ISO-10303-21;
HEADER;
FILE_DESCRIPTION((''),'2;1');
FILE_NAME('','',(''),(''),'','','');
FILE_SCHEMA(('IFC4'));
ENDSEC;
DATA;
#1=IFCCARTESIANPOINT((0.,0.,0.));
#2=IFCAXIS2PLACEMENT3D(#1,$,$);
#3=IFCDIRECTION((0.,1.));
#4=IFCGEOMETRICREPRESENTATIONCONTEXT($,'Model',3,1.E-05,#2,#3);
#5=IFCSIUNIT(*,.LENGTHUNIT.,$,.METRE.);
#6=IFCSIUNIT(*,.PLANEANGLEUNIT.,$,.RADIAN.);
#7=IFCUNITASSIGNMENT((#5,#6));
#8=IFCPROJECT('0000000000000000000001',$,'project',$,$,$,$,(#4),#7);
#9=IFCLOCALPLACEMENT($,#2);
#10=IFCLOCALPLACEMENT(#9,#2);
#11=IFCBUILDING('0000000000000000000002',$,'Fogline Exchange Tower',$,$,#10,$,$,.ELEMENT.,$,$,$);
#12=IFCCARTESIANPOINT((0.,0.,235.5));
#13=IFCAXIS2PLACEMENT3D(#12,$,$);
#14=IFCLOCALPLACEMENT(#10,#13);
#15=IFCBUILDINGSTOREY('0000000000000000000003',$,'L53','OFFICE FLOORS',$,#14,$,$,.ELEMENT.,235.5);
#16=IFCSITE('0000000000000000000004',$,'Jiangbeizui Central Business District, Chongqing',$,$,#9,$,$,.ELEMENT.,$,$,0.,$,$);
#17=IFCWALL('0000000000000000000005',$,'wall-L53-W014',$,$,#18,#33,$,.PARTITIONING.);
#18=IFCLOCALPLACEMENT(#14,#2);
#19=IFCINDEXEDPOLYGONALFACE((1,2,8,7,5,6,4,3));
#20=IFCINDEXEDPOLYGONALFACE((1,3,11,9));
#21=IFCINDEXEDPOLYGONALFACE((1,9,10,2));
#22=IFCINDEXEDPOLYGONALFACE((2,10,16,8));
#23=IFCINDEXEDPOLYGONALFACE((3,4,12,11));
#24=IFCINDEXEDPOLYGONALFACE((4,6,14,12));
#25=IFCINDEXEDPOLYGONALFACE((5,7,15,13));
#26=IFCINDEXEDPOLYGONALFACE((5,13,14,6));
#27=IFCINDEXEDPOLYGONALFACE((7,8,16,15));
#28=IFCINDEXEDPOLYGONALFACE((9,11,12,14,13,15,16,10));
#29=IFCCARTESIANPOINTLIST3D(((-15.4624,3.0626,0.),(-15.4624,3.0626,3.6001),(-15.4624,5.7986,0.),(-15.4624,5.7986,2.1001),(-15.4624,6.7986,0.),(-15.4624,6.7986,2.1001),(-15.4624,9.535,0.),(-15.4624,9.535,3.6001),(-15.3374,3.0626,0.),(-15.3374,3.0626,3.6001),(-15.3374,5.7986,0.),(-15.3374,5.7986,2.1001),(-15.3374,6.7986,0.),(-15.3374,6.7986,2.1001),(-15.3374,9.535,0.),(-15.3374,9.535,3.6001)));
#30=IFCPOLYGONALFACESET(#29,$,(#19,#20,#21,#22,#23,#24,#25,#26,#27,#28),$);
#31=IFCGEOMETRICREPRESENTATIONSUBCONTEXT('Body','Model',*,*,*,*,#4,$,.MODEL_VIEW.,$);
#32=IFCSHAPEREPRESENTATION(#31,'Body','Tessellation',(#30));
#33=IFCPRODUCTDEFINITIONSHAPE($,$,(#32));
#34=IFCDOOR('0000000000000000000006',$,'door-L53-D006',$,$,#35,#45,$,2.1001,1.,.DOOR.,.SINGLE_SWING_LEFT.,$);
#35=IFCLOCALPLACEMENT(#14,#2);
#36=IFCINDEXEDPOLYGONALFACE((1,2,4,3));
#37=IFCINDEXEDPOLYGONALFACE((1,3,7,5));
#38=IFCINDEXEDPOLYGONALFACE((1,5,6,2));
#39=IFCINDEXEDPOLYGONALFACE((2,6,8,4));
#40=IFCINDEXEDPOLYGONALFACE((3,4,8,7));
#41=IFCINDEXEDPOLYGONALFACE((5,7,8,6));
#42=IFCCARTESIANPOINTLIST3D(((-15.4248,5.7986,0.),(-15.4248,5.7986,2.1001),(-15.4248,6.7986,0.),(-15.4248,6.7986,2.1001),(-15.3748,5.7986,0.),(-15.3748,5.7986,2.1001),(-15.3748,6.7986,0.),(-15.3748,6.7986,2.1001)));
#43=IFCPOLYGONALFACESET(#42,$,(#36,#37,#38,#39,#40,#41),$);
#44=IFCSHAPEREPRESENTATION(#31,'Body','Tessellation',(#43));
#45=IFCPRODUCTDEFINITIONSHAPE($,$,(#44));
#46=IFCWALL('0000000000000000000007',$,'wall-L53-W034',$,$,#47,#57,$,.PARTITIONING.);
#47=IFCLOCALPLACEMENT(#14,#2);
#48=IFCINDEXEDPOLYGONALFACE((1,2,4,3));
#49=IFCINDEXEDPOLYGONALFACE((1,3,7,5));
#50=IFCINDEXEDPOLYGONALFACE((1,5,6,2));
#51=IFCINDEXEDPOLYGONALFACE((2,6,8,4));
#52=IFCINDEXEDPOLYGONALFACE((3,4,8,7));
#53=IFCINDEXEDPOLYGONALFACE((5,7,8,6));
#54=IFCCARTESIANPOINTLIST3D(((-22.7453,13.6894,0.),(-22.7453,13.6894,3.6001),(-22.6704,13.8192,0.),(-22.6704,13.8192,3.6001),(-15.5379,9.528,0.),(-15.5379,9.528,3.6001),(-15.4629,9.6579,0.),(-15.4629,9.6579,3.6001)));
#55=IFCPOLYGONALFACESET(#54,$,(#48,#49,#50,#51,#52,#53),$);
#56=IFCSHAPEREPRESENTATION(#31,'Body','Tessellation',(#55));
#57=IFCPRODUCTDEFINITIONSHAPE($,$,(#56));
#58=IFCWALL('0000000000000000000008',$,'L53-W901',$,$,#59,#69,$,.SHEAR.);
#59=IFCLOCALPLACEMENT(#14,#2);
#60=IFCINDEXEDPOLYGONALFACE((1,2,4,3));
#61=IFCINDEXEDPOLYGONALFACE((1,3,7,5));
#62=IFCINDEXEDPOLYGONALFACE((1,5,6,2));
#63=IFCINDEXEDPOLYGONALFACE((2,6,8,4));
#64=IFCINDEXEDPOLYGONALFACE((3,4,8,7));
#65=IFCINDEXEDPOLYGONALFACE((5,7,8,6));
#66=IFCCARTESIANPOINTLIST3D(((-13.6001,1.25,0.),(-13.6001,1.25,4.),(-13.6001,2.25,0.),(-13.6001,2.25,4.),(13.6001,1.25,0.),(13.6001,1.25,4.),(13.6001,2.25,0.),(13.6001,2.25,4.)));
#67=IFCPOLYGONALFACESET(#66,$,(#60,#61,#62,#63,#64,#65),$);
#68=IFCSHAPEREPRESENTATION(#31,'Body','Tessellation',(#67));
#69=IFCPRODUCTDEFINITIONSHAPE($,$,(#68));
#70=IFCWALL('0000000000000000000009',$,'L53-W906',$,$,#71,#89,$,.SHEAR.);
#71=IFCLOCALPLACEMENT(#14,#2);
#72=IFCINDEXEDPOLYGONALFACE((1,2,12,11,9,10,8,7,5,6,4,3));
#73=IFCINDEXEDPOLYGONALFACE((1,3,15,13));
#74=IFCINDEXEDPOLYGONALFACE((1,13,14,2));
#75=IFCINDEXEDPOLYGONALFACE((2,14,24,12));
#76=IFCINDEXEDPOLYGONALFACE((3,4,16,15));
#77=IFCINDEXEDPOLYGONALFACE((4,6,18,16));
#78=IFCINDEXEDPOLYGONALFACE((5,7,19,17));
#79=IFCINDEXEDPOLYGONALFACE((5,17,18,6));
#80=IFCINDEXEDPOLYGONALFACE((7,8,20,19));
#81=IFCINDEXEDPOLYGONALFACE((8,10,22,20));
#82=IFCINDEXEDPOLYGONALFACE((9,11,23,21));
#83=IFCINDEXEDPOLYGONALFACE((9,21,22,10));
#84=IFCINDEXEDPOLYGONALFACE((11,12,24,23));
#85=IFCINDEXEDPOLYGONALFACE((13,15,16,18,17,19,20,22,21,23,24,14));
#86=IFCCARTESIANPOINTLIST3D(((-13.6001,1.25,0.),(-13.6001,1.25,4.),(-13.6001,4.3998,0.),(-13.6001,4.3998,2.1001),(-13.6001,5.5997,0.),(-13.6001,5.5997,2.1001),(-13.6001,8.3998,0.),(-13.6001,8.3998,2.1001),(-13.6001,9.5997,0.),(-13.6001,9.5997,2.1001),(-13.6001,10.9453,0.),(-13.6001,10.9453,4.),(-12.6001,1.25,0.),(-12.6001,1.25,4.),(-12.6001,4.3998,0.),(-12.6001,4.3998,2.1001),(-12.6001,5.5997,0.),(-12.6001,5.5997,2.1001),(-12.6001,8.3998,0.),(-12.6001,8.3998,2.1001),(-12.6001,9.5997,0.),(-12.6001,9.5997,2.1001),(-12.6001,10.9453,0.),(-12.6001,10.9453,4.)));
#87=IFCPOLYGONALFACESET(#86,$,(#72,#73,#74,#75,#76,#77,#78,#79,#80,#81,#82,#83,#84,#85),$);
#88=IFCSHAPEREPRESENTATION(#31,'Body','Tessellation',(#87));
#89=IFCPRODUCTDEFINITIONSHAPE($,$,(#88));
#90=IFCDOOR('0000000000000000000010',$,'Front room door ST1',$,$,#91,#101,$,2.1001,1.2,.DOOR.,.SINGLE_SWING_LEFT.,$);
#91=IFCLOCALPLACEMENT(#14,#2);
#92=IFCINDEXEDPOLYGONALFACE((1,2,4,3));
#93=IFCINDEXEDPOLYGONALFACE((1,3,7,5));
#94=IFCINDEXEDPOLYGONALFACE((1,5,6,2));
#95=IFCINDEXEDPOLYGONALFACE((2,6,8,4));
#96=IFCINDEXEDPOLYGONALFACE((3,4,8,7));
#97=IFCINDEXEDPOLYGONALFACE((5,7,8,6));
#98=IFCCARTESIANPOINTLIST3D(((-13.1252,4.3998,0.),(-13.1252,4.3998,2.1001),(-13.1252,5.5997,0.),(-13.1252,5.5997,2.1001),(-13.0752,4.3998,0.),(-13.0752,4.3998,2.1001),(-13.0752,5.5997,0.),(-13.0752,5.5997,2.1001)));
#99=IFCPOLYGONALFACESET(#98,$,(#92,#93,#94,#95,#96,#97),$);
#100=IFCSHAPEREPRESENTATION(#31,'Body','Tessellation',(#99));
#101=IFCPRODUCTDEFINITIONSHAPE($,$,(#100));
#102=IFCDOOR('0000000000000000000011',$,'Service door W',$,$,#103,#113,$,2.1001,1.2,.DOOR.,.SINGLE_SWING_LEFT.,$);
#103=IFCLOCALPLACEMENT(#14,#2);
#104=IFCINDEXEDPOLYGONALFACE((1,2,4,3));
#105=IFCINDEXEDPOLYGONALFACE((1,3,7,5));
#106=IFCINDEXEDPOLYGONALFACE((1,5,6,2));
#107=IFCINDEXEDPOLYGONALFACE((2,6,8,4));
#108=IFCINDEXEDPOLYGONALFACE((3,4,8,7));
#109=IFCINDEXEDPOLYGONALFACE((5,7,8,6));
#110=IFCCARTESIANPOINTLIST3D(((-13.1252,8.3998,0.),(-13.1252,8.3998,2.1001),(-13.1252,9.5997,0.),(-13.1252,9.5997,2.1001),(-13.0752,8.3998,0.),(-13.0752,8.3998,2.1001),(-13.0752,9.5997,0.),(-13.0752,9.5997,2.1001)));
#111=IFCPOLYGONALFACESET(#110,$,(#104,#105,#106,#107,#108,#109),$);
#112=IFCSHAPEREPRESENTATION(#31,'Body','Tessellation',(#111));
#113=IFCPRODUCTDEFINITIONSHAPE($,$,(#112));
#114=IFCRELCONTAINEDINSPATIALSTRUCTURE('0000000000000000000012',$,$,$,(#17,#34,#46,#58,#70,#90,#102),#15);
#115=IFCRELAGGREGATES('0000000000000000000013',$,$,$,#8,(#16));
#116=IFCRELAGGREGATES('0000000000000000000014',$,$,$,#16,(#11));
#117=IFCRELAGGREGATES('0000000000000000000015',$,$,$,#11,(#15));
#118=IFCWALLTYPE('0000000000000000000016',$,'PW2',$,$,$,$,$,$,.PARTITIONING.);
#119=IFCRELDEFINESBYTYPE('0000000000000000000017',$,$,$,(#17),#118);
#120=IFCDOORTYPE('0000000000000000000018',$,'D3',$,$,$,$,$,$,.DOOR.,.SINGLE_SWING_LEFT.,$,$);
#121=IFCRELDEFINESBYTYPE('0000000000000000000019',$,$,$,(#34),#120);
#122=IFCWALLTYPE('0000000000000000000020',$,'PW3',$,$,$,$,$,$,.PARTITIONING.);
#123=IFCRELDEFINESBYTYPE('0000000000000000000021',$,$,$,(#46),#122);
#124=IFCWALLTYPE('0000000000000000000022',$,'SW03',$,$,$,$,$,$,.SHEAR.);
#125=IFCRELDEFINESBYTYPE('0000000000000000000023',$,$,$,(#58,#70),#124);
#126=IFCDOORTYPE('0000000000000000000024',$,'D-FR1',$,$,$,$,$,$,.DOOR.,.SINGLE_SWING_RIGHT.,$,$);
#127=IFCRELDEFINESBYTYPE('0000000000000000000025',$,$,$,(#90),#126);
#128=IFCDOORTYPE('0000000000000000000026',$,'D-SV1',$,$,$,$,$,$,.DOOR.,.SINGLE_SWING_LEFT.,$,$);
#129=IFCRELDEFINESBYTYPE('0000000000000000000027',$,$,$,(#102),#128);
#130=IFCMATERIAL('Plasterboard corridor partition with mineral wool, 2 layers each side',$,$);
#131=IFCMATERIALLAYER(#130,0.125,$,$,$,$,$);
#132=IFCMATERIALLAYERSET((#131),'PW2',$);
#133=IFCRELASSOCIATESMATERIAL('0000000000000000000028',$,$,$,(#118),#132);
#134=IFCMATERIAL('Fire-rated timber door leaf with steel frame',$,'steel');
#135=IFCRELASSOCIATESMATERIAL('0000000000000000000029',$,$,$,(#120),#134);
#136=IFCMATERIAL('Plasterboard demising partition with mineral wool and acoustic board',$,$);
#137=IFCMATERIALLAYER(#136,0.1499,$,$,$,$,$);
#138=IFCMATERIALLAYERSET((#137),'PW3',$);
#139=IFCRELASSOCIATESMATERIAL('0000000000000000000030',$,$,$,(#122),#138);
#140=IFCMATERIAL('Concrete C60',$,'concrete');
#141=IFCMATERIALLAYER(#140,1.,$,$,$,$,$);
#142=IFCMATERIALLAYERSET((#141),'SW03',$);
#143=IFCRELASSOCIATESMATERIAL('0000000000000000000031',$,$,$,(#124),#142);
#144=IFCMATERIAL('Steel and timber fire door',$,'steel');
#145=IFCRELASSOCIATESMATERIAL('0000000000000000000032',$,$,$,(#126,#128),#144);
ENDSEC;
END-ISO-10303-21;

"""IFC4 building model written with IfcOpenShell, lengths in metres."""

from ifc_helpers import new_model, si_unit, direction, frame, frame_2d, origin, place, context, subcontext, project, spatial, rectangle, extrude, material, layer, layer_set, type_object, element, fill, save


model = new_model("IFC4")

# Units and contexts
model_context = context("Model", 3, precision=1e-05, world=origin(), true_north=direction((0.0, 1.0)))
body_context = subcontext(model_context, "Body", "Model", "MODEL_VIEW")
ifc_project = project(units=[si_unit("LENGTHUNIT", "METRE"), si_unit("PLANEANGLEUNIT", "RADIAN")], contexts=[model_context])

# Site, building, storey
site_placement = place(None, origin())
site = spatial("IfcSite", under=ifc_project, at=site_placement, Name="Jiangbeizui Central Business District, Chongqing", CompositionType="ELEMENT", RefElevation=0.0)
building_placement = place(site_placement, origin())
building = spatial("IfcBuilding", under=site, at=building_placement, Name="Fogline Exchange Tower", CompositionType="ELEMENT")
storey_placement = place(building_placement, frame((0.0, 0.0, 235.5)))
storey = spatial("IfcBuildingStorey", under=building, at=storey_placement, Name="L53", Description="OFFICE FLOORS", CompositionType="ELEMENT", Elevation=235.5)

# Shared definitions
ifc_material_1 = material(Name="Steel and timber fire door", Category="steel")

# Shared definitions
ifc_material_2 = material(Name="Plasterboard corridor partition with mineral wool, 2 layers each side")
ifc_layer_1 = layer(ifc_material_2, 0.125)
ifc_layer_set_1 = layer_set([ifc_layer_1], Name="PW2")
wall_type_1 = type_object("IfcWallType", Name="PW2", PredefinedType="PARTITIONING", material=ifc_layer_set_1)

# Wall, opening, door
wall_1_placement = place(storey_placement, frame((-15.3999, 3.0625, 0.0), z_axis=(0.0, 0.0, 1.0), x_axis=(0.0, 1.0, 0.0)))
wall_1 = element("IfcWall", 1, at=wall_1_placement, inside=storey, type_object=wall_type_1, Name="wall-L53-W014", PredefinedType="PARTITIONING", context=body_context, shape_type="SweptSolid", body=[
    extrude(rectangle(XDim=6.4724, YDim=0.125, at=frame_2d((3.2363, 0.0))), origin(), (0.0, 0.0, 1.0), 3.6001),
])
opening_1_placement = place(wall_1_placement, frame((2.7361, 0.0, 0.0)))
opening_1 = element("IfcOpeningElement", 2, at=opening_1_placement, cuts=wall_1, PredefinedType="OPENING", context=body_context, shape_type="SweptSolid", body=[
    extrude(rectangle(XDim=1.0, YDim=2.1001, at=frame_2d((0.5, 1.05))), frame((0.0, 0.0725, 0.0), z_axis=(0.0, -1.0, 0.0), x_axis=(1.0, 0.0, 0.0)), (0.0, 0.0, 1.0), 0.145),
])
ifc_material_3 = material(Name="Fire-rated timber door leaf with steel frame", Category="steel")
door_type_1 = type_object("IfcDoorType", Name="D3", OperationType="SINGLE_SWING_LEFT", PredefinedType="DOOR", material=ifc_material_3)
door_1_placement = place(opening_1_placement, origin())
door_1 = element("IfcDoor", 3, at=door_1_placement, inside=storey, type_object=door_type_1, Name="door-L53-D006", OperationType="SINGLE_SWING_LEFT", OverallHeight=2.1001, OverallWidth=1.0, PredefinedType="DOOR", context=body_context, shape_type="SweptSolid", body=[
    extrude(rectangle(XDim=1.0, YDim=2.1001, at=frame_2d((0.5, 1.05))), frame((0.0, 0.0249, 0.0), z_axis=(0.0, -1.0, 0.0), x_axis=(1.0, 0.0, 0.0)), (0.0, 0.0, 1.0), 0.05),
])
fill(opening_1, door_1)

# Walls
ifc_material_4 = material(Name="Plasterboard demising partition with mineral wool and acoustic board")
ifc_layer_2 = layer(ifc_material_4, 0.1499)
ifc_layer_set_2 = layer_set([ifc_layer_2], Name="PW3")
wall_type_2 = type_object("IfcWallType", Name="PW3", PredefinedType="PARTITIONING", material=ifc_layer_set_2)
wall_2_placement = place(storey_placement, frame((-15.5005, 9.593, 0.0), z_axis=(0.0, 0.0, 1.0), x_axis=(-0.866019, 0.50001, 0.0)))
element("IfcWall", 4, at=wall_2_placement, inside=storey, type_object=wall_type_2, Name="wall-L53-W034", PredefinedType="PARTITIONING", context=body_context, shape_type="SweptSolid", body=[
    extrude(rectangle(XDim=8.3225, YDim=0.1499, at=frame_2d((4.1611, 0.0))), origin(), (0.0, 0.0, 1.0), 3.6001),
])
ifc_material_5 = material(Name="Concrete C60", Category="concrete")
ifc_layer_3 = layer(ifc_material_5, 1.0)
ifc_layer_set_3 = layer_set([ifc_layer_3], Name="SW03")
wall_type_3 = type_object("IfcWallType", Name="SW03", PredefinedType="SHEAR", material=ifc_layer_set_3)
wall_3_placement = place(storey_placement, frame((-13.6001, 1.75, 0.0), z_axis=(0.0, 0.0, 1.0), x_axis=(1.0, 0.0, 0.0)))
element("IfcWall", 5, at=wall_3_placement, inside=storey, type_object=wall_type_3, Name="L53-W901", PredefinedType="SHEAR", context=body_context, shape_type="SweptSolid", body=[
    extrude(rectangle(XDim=27.2002, YDim=1.0, at=frame_2d((13.6001, 0.0))), origin(), (0.0, 0.0, 1.0), 4.0),
])

# Wall, openings, doors
wall_4_placement = place(storey_placement, frame((-13.1001, 10.9453, 0.0), z_axis=(0.0, 0.0, 1.0), x_axis=(0.0, -1.0, 0.0)))
wall_4 = element("IfcWall", 6, at=wall_4_placement, inside=storey, type_object=wall_type_3, Name="L53-W906", PredefinedType="SHEAR", context=body_context, shape_type="SweptSolid", body=[
    extrude(rectangle(XDim=9.6953, YDim=1.0, at=frame_2d((4.8477, 0.0))), origin(), (0.0, 0.0, 1.0), 4.0),
])
opening_2_placement = place(wall_4_placement, frame((5.3455, 0.0, 0.0)))
opening_2 = element("IfcOpeningElement", 7, at=opening_2_placement, cuts=wall_4, PredefinedType="OPENING", context=body_context, shape_type="SweptSolid", body=[
    extrude(rectangle(XDim=1.2, YDim=2.1001, at=frame_2d((0.6001, 1.05))), frame((0.0, 0.51, 0.0), z_axis=(0.0, -1.0, 0.0), x_axis=(1.0, 0.0, 0.0)), (0.0, 0.0, 1.0), 1.02),
])
opening_3_placement = place(wall_4_placement, frame((1.3455, 0.0, 0.0)))
opening_3 = element("IfcOpeningElement", 8, at=opening_3_placement, cuts=wall_4, PredefinedType="OPENING", context=body_context, shape_type="SweptSolid", body=[
    extrude(rectangle(XDim=1.2, YDim=2.1001, at=frame_2d((0.6001, 1.05))), frame((0.0, 0.51, 0.0), z_axis=(0.0, -1.0, 0.0), x_axis=(1.0, 0.0, 0.0)), (0.0, 0.0, 1.0), 1.02),
])
door_type_2 = type_object("IfcDoorType", Name="D-FR1", OperationType="SINGLE_SWING_RIGHT", PredefinedType="DOOR", material=ifc_material_1)
door_2_placement = place(opening_2_placement, origin())
door_2 = element("IfcDoor", 9, at=door_2_placement, inside=storey, type_object=door_type_2, Name="Front room door ST1", OperationType="SINGLE_SWING_LEFT", OverallHeight=2.1001, OverallWidth=1.2, PredefinedType="DOOR", context=body_context, shape_type="SweptSolid", body=[
    extrude(rectangle(XDim=1.2, YDim=2.1001, at=frame_2d((0.6001, 1.05))), frame((0.0, 0.0249, 0.0), z_axis=(0.0, -1.0, 0.0), x_axis=(1.0, 0.0, 0.0)), (0.0, 0.0, 1.0), 0.05),
])
fill(opening_2, door_2)
door_type_3 = type_object("IfcDoorType", Name="D-SV1", OperationType="SINGLE_SWING_LEFT", PredefinedType="DOOR", material=ifc_material_1)
door_3_placement = place(opening_3_placement, origin())
door_3 = element("IfcDoor", 10, at=door_3_placement, inside=storey, type_object=door_type_3, Name="Service door W", OperationType="SINGLE_SWING_LEFT", OverallHeight=2.1001, OverallWidth=1.2, PredefinedType="DOOR", context=body_context, shape_type="SweptSolid", body=[
    extrude(rectangle(XDim=1.2, YDim=2.1001, at=frame_2d((0.6001, 1.05))), frame((0.0, 0.0249, 0.0), z_axis=(0.0, -1.0, 0.0), x_axis=(1.0, 0.0, 0.0)), (0.0, 0.0, 1.0), 0.05),
])
fill(opening_3, door_3)

save(model, "model.ifc")
